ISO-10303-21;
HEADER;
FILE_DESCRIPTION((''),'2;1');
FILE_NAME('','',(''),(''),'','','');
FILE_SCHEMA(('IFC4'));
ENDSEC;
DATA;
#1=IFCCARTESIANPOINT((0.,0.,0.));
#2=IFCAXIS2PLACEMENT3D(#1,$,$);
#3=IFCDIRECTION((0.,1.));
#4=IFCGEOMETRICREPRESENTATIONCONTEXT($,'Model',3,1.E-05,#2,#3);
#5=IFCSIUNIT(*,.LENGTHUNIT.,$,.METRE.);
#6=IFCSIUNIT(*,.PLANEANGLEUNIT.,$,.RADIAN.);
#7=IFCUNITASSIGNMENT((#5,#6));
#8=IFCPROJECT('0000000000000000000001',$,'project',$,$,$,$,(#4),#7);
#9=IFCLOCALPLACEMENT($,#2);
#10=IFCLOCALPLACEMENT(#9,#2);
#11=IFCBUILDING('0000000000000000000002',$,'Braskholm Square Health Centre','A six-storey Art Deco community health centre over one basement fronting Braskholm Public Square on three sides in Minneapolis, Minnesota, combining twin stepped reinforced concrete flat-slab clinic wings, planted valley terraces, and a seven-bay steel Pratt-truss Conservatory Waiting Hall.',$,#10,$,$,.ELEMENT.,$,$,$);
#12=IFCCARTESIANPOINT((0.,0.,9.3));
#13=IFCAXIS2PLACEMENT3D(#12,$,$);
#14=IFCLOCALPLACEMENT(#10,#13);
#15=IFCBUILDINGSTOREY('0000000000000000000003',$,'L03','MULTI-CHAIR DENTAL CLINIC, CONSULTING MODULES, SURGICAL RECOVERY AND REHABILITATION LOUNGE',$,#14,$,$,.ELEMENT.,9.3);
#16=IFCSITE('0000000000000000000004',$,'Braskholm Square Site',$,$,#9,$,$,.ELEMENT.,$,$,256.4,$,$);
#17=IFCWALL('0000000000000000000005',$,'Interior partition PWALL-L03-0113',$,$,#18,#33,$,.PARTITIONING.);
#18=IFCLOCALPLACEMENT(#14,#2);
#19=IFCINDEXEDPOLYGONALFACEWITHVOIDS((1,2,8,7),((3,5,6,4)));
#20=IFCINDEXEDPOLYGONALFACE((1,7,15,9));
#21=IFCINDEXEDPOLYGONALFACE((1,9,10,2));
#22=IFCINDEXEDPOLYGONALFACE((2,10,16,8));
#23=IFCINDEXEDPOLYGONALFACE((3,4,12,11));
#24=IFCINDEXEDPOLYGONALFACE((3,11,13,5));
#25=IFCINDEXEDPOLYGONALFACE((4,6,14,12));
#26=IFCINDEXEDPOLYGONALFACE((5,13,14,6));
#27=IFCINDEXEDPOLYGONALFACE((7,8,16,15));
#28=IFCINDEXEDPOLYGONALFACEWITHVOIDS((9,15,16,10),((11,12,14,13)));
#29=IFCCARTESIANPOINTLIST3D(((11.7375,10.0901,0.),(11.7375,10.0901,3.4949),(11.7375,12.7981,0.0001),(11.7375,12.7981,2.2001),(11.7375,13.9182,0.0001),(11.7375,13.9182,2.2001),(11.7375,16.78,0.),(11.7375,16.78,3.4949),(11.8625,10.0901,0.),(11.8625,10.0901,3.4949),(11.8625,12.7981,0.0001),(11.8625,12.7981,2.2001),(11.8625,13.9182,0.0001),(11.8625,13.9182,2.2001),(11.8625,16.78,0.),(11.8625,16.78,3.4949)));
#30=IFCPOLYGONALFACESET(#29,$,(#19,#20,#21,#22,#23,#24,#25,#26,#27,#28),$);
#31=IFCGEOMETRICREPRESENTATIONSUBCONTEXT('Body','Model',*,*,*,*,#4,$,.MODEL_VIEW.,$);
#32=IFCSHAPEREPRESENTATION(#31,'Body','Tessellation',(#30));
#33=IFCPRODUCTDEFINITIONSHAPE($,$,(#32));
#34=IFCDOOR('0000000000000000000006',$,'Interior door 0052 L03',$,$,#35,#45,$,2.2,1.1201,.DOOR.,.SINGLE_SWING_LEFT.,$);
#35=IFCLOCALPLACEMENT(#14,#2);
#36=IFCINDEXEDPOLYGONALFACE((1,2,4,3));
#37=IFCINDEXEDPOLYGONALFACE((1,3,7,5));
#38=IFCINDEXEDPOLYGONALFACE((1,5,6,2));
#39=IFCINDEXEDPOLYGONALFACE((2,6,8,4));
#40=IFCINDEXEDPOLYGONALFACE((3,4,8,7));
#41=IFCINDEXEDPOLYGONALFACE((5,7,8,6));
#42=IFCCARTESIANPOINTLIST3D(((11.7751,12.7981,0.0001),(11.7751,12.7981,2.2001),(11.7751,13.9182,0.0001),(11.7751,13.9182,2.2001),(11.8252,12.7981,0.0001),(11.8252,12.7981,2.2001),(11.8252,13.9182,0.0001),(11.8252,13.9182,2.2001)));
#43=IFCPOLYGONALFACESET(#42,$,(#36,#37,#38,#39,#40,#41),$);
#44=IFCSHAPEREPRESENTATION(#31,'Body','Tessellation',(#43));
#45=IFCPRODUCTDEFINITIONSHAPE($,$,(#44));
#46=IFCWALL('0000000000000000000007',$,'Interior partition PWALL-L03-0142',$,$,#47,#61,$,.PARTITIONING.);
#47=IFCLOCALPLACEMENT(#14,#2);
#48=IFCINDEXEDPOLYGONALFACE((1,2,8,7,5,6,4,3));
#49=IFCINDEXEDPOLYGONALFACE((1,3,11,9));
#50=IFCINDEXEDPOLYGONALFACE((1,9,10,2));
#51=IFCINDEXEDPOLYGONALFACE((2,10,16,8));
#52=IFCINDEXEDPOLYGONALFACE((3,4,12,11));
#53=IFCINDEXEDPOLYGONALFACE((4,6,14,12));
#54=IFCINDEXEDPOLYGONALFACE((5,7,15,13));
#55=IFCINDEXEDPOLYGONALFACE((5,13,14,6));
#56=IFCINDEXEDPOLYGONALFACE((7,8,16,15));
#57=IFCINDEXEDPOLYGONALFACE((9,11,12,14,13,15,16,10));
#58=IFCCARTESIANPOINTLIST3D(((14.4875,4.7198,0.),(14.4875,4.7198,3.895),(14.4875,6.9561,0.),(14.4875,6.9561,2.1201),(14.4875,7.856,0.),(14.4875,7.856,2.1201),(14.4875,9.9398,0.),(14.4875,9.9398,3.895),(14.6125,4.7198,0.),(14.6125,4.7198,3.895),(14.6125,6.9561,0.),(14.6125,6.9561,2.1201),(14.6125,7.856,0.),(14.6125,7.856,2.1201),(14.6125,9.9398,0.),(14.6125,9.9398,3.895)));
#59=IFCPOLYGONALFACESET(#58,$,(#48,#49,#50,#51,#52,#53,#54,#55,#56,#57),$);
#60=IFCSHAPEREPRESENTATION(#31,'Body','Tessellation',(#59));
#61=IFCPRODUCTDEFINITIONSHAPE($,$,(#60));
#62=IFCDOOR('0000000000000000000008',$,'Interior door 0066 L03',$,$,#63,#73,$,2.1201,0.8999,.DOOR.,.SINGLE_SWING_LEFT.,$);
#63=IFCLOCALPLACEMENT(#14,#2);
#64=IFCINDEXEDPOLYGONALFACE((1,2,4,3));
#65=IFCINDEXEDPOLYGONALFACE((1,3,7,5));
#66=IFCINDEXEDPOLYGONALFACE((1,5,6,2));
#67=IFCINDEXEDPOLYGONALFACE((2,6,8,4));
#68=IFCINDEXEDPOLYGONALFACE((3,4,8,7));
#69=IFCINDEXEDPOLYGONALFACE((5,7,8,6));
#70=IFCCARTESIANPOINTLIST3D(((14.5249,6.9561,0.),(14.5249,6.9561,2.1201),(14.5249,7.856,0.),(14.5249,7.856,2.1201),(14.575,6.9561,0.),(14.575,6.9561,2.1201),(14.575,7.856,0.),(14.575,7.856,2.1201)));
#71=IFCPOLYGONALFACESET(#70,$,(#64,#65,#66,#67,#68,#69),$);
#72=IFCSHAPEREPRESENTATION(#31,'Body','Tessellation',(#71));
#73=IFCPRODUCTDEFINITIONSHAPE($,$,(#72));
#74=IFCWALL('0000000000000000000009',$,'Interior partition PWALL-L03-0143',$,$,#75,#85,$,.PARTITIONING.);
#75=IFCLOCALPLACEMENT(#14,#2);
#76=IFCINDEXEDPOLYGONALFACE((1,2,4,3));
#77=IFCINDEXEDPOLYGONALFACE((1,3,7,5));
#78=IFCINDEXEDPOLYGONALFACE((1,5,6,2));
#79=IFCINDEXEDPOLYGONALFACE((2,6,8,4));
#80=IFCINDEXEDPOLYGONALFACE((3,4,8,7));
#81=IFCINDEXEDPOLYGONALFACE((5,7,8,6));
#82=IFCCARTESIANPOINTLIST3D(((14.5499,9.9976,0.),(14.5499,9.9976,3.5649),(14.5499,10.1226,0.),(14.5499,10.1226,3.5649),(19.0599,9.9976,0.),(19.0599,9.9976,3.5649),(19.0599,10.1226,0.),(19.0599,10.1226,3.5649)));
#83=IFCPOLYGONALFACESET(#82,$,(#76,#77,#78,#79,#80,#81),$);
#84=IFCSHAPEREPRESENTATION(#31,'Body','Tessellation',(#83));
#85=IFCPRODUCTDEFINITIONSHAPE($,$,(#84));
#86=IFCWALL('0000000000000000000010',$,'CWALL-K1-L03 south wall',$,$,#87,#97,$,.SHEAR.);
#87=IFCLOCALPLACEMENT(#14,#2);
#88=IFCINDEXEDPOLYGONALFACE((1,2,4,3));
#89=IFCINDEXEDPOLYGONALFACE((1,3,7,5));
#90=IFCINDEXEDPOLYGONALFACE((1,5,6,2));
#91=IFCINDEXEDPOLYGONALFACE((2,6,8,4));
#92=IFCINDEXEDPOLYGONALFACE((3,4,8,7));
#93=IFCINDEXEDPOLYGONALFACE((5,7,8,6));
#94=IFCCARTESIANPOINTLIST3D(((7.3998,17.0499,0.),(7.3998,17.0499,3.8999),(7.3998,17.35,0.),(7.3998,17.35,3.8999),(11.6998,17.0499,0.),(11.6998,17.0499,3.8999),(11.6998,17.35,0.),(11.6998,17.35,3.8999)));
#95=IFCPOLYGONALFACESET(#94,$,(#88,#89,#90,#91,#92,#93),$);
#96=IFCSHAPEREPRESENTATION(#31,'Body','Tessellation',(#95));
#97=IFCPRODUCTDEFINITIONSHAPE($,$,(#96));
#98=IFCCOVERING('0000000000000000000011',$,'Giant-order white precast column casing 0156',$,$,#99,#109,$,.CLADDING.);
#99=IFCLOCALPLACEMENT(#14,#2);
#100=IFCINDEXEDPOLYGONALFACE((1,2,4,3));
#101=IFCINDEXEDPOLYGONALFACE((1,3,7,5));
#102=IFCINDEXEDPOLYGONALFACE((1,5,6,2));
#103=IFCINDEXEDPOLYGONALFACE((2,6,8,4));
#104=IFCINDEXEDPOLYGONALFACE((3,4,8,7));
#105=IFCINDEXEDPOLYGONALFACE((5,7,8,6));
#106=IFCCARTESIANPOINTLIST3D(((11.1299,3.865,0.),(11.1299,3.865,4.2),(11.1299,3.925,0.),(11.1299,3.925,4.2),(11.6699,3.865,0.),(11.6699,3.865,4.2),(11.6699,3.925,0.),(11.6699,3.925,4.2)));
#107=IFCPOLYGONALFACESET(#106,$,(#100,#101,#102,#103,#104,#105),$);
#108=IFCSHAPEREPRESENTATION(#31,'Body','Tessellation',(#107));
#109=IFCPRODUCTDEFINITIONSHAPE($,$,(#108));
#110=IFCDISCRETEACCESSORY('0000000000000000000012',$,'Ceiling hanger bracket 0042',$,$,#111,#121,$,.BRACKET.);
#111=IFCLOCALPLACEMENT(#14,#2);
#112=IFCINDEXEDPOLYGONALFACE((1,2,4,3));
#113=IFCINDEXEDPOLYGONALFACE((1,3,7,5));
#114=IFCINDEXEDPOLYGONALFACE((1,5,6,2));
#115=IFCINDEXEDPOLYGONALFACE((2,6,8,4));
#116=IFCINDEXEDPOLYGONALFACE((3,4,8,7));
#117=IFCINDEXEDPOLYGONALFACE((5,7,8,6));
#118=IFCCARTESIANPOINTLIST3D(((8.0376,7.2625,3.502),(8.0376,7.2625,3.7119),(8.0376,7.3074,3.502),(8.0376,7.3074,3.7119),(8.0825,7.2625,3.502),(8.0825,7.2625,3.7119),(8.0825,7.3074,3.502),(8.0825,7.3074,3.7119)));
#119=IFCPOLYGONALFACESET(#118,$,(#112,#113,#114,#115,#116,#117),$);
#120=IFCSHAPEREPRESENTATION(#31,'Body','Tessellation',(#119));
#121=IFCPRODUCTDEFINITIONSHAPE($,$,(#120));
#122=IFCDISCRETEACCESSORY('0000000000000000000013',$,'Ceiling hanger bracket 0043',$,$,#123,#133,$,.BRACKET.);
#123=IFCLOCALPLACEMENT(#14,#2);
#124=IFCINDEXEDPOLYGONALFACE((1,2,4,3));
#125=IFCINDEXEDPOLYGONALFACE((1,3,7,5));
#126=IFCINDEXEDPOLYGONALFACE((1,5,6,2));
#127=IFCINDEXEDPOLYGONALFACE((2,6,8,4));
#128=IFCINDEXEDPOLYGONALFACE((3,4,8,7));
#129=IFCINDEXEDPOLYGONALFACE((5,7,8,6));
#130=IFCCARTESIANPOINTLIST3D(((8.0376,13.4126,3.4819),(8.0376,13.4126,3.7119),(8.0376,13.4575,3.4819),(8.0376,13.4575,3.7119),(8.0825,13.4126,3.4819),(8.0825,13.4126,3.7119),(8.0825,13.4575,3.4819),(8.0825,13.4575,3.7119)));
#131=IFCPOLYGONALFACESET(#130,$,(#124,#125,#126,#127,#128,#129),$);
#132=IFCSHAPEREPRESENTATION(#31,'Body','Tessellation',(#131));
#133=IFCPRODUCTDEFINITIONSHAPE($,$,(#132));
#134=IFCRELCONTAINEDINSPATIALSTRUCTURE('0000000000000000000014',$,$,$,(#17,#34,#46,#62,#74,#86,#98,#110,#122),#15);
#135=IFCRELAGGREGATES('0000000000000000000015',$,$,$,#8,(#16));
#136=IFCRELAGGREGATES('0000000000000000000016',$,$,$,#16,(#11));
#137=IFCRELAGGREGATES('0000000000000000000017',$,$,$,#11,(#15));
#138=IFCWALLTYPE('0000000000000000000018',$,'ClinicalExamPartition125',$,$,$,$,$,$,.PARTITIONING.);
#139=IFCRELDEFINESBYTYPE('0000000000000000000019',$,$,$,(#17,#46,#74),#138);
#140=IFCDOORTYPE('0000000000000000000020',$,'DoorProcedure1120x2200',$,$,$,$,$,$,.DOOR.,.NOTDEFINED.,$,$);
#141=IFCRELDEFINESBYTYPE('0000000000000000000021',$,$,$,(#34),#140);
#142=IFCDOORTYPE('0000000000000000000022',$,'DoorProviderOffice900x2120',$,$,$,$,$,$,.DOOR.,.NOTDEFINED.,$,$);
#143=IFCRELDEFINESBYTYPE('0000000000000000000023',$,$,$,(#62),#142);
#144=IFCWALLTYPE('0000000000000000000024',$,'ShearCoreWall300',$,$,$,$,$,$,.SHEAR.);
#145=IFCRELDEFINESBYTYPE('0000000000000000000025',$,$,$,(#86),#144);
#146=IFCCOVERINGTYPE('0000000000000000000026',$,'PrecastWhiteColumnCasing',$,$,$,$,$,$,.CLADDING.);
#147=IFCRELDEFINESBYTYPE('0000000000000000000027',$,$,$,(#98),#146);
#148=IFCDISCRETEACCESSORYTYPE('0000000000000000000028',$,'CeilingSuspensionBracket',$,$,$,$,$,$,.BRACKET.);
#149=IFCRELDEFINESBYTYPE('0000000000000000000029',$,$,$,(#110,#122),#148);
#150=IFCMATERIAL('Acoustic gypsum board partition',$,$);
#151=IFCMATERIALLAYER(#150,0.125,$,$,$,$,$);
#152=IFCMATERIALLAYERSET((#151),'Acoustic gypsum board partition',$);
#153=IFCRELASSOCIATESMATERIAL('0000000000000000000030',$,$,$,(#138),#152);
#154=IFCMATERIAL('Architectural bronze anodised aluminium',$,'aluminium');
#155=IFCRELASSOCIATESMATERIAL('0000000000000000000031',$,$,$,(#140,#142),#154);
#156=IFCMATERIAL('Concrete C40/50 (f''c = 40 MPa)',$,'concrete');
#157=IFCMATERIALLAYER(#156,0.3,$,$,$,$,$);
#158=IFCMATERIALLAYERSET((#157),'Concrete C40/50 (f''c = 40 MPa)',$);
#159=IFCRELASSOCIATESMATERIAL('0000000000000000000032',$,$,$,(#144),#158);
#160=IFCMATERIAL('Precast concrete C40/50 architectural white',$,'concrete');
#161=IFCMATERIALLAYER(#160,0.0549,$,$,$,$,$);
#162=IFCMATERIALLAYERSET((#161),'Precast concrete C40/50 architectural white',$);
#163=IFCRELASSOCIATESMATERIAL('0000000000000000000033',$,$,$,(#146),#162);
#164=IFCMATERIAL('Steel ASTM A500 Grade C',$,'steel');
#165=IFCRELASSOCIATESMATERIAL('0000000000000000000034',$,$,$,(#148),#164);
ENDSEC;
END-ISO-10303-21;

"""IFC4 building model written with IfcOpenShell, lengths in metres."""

from ifc_helpers import new_model, si_unit, direction, frame, frame_2d, origin, origin_with_axes, origin_2d, place, context, subcontext, project, spatial, rectangle, extrude, material, layer, layer_set, type_object, element, fill, save


model = new_model("IFC4")

# Units and contexts
model_context = context("Model", 3, precision=1e-05, world=origin(), true_north=direction((0.0, 1.0)))
body_context = subcontext(model_context, "Body", "Model", "MODEL_VIEW")
ifc_project = project(units=[si_unit("LENGTHUNIT", "METRE"), si_unit("PLANEANGLEUNIT", "RADIAN")], contexts=[model_context])

# Site, building, storey
site_placement = place(None, origin())
site = spatial("IfcSite", under=ifc_project, at=site_placement, Name="Braskholm Square Site", CompositionType="ELEMENT", RefElevation=256.4)
building_placement = place(site_placement, origin())
building = spatial("IfcBuilding", under=site, at=building_placement, Name="Braskholm Square Health Centre", Description="A six-storey Art Deco community health centre over one basement fronting Braskholm Public Square on three sides in Minneapolis, Minnesota, combining twin stepped reinforced concrete flat-slab clinic wings, planted valley terraces, and a seven-bay steel Pratt-truss Conservatory Waiting Hall.", CompositionType="ELEMENT")
storey_placement = place(building_placement, frame((0.0, 0.0, 9.3)))
storey = spatial("IfcBuildingStorey", under=building, at=storey_placement, Name="L03", Description="MULTI-CHAIR DENTAL CLINIC, CONSULTING MODULES, SURGICAL RECOVERY AND REHABILITATION LOUNGE", CompositionType="ELEMENT", Elevation=9.3)

# Shared definitions
ifc_material_1 = material(Name="Concrete C40/50 (f'c = 40 MPa)", Category="concrete")
ifc_material_2 = material(Name="Precast concrete C40/50 architectural white", Category="concrete")

# Shared definitions
ifc_material_3 = material(Name="Architectural bronze anodised aluminium", Category="aluminium")

# Walls, openings, doors
ifc_material_4 = material(Name="Acoustic gypsum board partition")
ifc_layer_1 = layer(ifc_material_4, 0.125)
ifc_layer_set_1 = layer_set([ifc_layer_1], Name="Acoustic gypsum board partition")
wall_type_1 = type_object("IfcWallType", Name="ClinicalExamPartition125", PredefinedType="PARTITIONING", material=ifc_layer_set_1)
wall_1_placement = place(storey_placement, frame((11.8, 10.0901, 0.0), z_axis=(0.0, 0.0, 1.0), x_axis=(0.0, 1.0, 0.0)))
wall_1 = element("IfcWall", 1, at=wall_1_placement, inside=storey, type_object=wall_type_1, Name="Interior partition PWALL-L03-0113", PredefinedType="PARTITIONING", context=body_context, shape_type="SweptSolid", body=[
    extrude(rectangle(XDim=6.6899, YDim=0.125, at=frame_2d((3.345, 0.0))), origin(), (0.0, 0.0, 1.0), 3.4949),
])
opening_1_placement = place(wall_1_placement, frame((2.708, 0.0, 0.0)))
opening_1 = element("IfcOpeningElement", 2, at=opening_1_placement, cuts=wall_1, PredefinedType="OPENING", context=body_context, shape_type="SweptSolid", body=[
    extrude(rectangle(XDim=1.1201, YDim=2.2, at=frame_2d((0.5601, 1.1001))), frame((0.0, 0.0725, 0.0), z_axis=(0.0, -1.0, 0.0), x_axis=(1.0, 0.0, 0.0)), (0.0, 0.0, 1.0), 0.145),
])
door_type_1 = type_object("IfcDoorType", Name="DoorProcedure1120x2200", OperationType="NOTDEFINED", PredefinedType="DOOR", material=ifc_material_3)
door_1_placement = place(opening_1_placement, origin_with_axes())
door_1 = element("IfcDoor", 3, at=door_1_placement, inside=storey, type_object=door_type_1, Name="Interior door 0052 L03", OperationType="SINGLE_SWING_LEFT", OverallHeight=2.2, OverallWidth=1.1201, PredefinedType="DOOR", context=body_context, shape_type="SweptSolid", body=[
    extrude(rectangle(XDim=1.1201, YDim=2.2, at=frame_2d((0.5601, 1.1001))), frame((0.0, 0.0249, 0.0), z_axis=(0.0, -1.0, 0.0), x_axis=(1.0, 0.0, 0.0)), (0.0, 0.0, 1.0), 0.05),
])
fill(opening_1, door_1)
wall_2_placement = place(storey_placement, frame((14.55, 4.72, 0.0), z_axis=(0.0, 0.0, 1.0), x_axis=(0.0, 1.0, 0.0)))
wall_2 = element("IfcWall", 4, at=wall_2_placement, inside=storey, type_object=wall_type_1, Name="Interior partition PWALL-L03-0142", PredefinedType="PARTITIONING", context=body_context, shape_type="SweptSolid", body=[
    extrude(rectangle(XDim=5.22, YDim=0.125, at=frame_2d((2.6099, 0.0))), origin(), (0.0, 0.0, 1.0), 3.895),
])
opening_2_placement = place(wall_2_placement, frame((2.2361, 0.0, 0.0)))
opening_2 = element("IfcOpeningElement", 5, at=opening_2_placement, cuts=wall_2, PredefinedType="OPENING", context=body_context, shape_type="SweptSolid", body=[
    extrude(rectangle(XDim=0.8999, YDim=2.1201, at=frame_2d((0.45, 1.0601))), frame((0.0, 0.0725, 0.0), z_axis=(0.0, -1.0, 0.0), x_axis=(1.0, 0.0, 0.0)), (0.0, 0.0, 1.0), 0.145),
])
door_type_2 = type_object("IfcDoorType", Name="DoorProviderOffice900x2120", OperationType="NOTDEFINED", PredefinedType="DOOR", material=ifc_material_3)
door_2_placement = place(opening_2_placement, frame((0.8999, 0.0, 0.0), z_axis=(0.0, 0.0, 1.0), x_axis=(-1.0, 0.0, 0.0)))
door_2 = element("IfcDoor", 6, at=door_2_placement, inside=storey, type_object=door_type_2, Name="Interior door 0066 L03", OperationType="SINGLE_SWING_LEFT", OverallHeight=2.1201, OverallWidth=0.8999, PredefinedType="DOOR", context=body_context, shape_type="SweptSolid", body=[
    extrude(rectangle(XDim=0.8999, YDim=2.1201, at=frame_2d((0.45, 1.0601))), frame((0.0, 0.0249, 0.0), z_axis=(0.0, -1.0, 0.0), x_axis=(1.0, 0.0, 0.0)), (0.0, 0.0, 1.0), 0.05),
])
fill(opening_2, door_2)

# Walls
wall_3_placement = place(storey_placement, frame((14.55, 10.0601, 0.0), z_axis=(0.0, 0.0, 1.0), x_axis=(1.0, 0.0, 0.0)))
element("IfcWall", 7, at=wall_3_placement, inside=storey, type_object=wall_type_1, Name="Interior partition PWALL-L03-0143", PredefinedType="PARTITIONING", context=body_context, shape_type="SweptSolid", body=[
    extrude(rectangle(XDim=4.51, YDim=0.125, at=frame_2d((2.2549, 0.0))), origin(), (0.0, 0.0, 1.0), 3.5649),
])
ifc_layer_2 = layer(ifc_material_1, 0.3)
ifc_layer_set_2 = layer_set([ifc_layer_2], Name="Concrete C40/50 (f'c = 40 MPa)")
wall_type_2 = type_object("IfcWallType", Name="ShearCoreWall300", PredefinedType="SHEAR", material=ifc_layer_set_2)
wall_4_placement = place(storey_placement, frame((7.3999, 17.2, 0.0), z_axis=(0.0, 0.0, 1.0), x_axis=(1.0, 0.0, 0.0)))
element("IfcWall", 8, at=wall_4_placement, inside=storey, type_object=wall_type_2, Name="CWALL-K1-L03 south wall", PredefinedType="SHEAR", context=body_context, shape_type="SweptSolid", body=[
    extrude(rectangle(XDim=4.3, YDim=0.3, at=frame_2d((2.1499, 0.0))), origin(), (0.0, 0.0, 1.0), 3.8999),
])

# Covering
ifc_layer_3 = layer(ifc_material_2, 0.0549)
ifc_layer_set_3 = layer_set([ifc_layer_3], Name="Precast concrete C40/50 architectural white")
covering_type = type_object("IfcCoveringType", Name="PrecastWhiteColumnCasing", PredefinedType="CLADDING", material=ifc_layer_set_3)
covering_placement = place(storey_placement, frame((11.3999, 3.895, 0.0), z_axis=(0.0, 0.0, 1.0), x_axis=(1.0, 0.0, 0.0)))
element("IfcCovering", 9, at=covering_placement, inside=storey, type_object=covering_type, Name="Giant-order white precast column casing 0156", PredefinedType="CLADDING", context=body_context, shape_type="SweptSolid", body=[
    extrude(rectangle(XDim=0.54, YDim=0.0601, at=origin_2d()), origin(), (0.0, 0.0, 1.0), 4.2),
])

# Discrete accessories
ifc_material_5 = material(Name="Steel ASTM A500 Grade C", Category="steel")
discrete_accessory_type = type_object("IfcDiscreteAccessoryType", Name="CeilingSuspensionBracket", PredefinedType="BRACKET", material=ifc_material_5)
discrete_accessory_1_placement = place(storey_placement, frame((8.0601, 7.2849, 3.502), z_axis=(0.0, 0.0, 1.0), x_axis=(1.0, 0.0, 0.0)))
element("IfcDiscreteAccessory", 10, at=discrete_accessory_1_placement, inside=storey, type_object=discrete_accessory_type, Name="Ceiling hanger bracket 0042", PredefinedType="BRACKET", context=body_context, shape_type="SweptSolid", body=[
    extrude(rectangle(XDim=0.0449, YDim=0.0449, at=origin_2d()), origin(), (0.0, 0.0, 1.0), 0.21),
])
discrete_accessory_2_placement = place(storey_placement, frame((8.0601, 13.4351, 3.4819), z_axis=(0.0, 0.0, 1.0), x_axis=(1.0, 0.0, 0.0)))
element("IfcDiscreteAccessory", 11, at=discrete_accessory_2_placement, inside=storey, type_object=discrete_accessory_type, Name="Ceiling hanger bracket 0043", PredefinedType="BRACKET", context=body_context, shape_type="SweptSolid", body=[
    extrude(rectangle(XDim=0.0449, YDim=0.0449, at=origin_2d()), origin(), (0.0, 0.0, 1.0), 0.23),
])

save(model, "model.ifc")
